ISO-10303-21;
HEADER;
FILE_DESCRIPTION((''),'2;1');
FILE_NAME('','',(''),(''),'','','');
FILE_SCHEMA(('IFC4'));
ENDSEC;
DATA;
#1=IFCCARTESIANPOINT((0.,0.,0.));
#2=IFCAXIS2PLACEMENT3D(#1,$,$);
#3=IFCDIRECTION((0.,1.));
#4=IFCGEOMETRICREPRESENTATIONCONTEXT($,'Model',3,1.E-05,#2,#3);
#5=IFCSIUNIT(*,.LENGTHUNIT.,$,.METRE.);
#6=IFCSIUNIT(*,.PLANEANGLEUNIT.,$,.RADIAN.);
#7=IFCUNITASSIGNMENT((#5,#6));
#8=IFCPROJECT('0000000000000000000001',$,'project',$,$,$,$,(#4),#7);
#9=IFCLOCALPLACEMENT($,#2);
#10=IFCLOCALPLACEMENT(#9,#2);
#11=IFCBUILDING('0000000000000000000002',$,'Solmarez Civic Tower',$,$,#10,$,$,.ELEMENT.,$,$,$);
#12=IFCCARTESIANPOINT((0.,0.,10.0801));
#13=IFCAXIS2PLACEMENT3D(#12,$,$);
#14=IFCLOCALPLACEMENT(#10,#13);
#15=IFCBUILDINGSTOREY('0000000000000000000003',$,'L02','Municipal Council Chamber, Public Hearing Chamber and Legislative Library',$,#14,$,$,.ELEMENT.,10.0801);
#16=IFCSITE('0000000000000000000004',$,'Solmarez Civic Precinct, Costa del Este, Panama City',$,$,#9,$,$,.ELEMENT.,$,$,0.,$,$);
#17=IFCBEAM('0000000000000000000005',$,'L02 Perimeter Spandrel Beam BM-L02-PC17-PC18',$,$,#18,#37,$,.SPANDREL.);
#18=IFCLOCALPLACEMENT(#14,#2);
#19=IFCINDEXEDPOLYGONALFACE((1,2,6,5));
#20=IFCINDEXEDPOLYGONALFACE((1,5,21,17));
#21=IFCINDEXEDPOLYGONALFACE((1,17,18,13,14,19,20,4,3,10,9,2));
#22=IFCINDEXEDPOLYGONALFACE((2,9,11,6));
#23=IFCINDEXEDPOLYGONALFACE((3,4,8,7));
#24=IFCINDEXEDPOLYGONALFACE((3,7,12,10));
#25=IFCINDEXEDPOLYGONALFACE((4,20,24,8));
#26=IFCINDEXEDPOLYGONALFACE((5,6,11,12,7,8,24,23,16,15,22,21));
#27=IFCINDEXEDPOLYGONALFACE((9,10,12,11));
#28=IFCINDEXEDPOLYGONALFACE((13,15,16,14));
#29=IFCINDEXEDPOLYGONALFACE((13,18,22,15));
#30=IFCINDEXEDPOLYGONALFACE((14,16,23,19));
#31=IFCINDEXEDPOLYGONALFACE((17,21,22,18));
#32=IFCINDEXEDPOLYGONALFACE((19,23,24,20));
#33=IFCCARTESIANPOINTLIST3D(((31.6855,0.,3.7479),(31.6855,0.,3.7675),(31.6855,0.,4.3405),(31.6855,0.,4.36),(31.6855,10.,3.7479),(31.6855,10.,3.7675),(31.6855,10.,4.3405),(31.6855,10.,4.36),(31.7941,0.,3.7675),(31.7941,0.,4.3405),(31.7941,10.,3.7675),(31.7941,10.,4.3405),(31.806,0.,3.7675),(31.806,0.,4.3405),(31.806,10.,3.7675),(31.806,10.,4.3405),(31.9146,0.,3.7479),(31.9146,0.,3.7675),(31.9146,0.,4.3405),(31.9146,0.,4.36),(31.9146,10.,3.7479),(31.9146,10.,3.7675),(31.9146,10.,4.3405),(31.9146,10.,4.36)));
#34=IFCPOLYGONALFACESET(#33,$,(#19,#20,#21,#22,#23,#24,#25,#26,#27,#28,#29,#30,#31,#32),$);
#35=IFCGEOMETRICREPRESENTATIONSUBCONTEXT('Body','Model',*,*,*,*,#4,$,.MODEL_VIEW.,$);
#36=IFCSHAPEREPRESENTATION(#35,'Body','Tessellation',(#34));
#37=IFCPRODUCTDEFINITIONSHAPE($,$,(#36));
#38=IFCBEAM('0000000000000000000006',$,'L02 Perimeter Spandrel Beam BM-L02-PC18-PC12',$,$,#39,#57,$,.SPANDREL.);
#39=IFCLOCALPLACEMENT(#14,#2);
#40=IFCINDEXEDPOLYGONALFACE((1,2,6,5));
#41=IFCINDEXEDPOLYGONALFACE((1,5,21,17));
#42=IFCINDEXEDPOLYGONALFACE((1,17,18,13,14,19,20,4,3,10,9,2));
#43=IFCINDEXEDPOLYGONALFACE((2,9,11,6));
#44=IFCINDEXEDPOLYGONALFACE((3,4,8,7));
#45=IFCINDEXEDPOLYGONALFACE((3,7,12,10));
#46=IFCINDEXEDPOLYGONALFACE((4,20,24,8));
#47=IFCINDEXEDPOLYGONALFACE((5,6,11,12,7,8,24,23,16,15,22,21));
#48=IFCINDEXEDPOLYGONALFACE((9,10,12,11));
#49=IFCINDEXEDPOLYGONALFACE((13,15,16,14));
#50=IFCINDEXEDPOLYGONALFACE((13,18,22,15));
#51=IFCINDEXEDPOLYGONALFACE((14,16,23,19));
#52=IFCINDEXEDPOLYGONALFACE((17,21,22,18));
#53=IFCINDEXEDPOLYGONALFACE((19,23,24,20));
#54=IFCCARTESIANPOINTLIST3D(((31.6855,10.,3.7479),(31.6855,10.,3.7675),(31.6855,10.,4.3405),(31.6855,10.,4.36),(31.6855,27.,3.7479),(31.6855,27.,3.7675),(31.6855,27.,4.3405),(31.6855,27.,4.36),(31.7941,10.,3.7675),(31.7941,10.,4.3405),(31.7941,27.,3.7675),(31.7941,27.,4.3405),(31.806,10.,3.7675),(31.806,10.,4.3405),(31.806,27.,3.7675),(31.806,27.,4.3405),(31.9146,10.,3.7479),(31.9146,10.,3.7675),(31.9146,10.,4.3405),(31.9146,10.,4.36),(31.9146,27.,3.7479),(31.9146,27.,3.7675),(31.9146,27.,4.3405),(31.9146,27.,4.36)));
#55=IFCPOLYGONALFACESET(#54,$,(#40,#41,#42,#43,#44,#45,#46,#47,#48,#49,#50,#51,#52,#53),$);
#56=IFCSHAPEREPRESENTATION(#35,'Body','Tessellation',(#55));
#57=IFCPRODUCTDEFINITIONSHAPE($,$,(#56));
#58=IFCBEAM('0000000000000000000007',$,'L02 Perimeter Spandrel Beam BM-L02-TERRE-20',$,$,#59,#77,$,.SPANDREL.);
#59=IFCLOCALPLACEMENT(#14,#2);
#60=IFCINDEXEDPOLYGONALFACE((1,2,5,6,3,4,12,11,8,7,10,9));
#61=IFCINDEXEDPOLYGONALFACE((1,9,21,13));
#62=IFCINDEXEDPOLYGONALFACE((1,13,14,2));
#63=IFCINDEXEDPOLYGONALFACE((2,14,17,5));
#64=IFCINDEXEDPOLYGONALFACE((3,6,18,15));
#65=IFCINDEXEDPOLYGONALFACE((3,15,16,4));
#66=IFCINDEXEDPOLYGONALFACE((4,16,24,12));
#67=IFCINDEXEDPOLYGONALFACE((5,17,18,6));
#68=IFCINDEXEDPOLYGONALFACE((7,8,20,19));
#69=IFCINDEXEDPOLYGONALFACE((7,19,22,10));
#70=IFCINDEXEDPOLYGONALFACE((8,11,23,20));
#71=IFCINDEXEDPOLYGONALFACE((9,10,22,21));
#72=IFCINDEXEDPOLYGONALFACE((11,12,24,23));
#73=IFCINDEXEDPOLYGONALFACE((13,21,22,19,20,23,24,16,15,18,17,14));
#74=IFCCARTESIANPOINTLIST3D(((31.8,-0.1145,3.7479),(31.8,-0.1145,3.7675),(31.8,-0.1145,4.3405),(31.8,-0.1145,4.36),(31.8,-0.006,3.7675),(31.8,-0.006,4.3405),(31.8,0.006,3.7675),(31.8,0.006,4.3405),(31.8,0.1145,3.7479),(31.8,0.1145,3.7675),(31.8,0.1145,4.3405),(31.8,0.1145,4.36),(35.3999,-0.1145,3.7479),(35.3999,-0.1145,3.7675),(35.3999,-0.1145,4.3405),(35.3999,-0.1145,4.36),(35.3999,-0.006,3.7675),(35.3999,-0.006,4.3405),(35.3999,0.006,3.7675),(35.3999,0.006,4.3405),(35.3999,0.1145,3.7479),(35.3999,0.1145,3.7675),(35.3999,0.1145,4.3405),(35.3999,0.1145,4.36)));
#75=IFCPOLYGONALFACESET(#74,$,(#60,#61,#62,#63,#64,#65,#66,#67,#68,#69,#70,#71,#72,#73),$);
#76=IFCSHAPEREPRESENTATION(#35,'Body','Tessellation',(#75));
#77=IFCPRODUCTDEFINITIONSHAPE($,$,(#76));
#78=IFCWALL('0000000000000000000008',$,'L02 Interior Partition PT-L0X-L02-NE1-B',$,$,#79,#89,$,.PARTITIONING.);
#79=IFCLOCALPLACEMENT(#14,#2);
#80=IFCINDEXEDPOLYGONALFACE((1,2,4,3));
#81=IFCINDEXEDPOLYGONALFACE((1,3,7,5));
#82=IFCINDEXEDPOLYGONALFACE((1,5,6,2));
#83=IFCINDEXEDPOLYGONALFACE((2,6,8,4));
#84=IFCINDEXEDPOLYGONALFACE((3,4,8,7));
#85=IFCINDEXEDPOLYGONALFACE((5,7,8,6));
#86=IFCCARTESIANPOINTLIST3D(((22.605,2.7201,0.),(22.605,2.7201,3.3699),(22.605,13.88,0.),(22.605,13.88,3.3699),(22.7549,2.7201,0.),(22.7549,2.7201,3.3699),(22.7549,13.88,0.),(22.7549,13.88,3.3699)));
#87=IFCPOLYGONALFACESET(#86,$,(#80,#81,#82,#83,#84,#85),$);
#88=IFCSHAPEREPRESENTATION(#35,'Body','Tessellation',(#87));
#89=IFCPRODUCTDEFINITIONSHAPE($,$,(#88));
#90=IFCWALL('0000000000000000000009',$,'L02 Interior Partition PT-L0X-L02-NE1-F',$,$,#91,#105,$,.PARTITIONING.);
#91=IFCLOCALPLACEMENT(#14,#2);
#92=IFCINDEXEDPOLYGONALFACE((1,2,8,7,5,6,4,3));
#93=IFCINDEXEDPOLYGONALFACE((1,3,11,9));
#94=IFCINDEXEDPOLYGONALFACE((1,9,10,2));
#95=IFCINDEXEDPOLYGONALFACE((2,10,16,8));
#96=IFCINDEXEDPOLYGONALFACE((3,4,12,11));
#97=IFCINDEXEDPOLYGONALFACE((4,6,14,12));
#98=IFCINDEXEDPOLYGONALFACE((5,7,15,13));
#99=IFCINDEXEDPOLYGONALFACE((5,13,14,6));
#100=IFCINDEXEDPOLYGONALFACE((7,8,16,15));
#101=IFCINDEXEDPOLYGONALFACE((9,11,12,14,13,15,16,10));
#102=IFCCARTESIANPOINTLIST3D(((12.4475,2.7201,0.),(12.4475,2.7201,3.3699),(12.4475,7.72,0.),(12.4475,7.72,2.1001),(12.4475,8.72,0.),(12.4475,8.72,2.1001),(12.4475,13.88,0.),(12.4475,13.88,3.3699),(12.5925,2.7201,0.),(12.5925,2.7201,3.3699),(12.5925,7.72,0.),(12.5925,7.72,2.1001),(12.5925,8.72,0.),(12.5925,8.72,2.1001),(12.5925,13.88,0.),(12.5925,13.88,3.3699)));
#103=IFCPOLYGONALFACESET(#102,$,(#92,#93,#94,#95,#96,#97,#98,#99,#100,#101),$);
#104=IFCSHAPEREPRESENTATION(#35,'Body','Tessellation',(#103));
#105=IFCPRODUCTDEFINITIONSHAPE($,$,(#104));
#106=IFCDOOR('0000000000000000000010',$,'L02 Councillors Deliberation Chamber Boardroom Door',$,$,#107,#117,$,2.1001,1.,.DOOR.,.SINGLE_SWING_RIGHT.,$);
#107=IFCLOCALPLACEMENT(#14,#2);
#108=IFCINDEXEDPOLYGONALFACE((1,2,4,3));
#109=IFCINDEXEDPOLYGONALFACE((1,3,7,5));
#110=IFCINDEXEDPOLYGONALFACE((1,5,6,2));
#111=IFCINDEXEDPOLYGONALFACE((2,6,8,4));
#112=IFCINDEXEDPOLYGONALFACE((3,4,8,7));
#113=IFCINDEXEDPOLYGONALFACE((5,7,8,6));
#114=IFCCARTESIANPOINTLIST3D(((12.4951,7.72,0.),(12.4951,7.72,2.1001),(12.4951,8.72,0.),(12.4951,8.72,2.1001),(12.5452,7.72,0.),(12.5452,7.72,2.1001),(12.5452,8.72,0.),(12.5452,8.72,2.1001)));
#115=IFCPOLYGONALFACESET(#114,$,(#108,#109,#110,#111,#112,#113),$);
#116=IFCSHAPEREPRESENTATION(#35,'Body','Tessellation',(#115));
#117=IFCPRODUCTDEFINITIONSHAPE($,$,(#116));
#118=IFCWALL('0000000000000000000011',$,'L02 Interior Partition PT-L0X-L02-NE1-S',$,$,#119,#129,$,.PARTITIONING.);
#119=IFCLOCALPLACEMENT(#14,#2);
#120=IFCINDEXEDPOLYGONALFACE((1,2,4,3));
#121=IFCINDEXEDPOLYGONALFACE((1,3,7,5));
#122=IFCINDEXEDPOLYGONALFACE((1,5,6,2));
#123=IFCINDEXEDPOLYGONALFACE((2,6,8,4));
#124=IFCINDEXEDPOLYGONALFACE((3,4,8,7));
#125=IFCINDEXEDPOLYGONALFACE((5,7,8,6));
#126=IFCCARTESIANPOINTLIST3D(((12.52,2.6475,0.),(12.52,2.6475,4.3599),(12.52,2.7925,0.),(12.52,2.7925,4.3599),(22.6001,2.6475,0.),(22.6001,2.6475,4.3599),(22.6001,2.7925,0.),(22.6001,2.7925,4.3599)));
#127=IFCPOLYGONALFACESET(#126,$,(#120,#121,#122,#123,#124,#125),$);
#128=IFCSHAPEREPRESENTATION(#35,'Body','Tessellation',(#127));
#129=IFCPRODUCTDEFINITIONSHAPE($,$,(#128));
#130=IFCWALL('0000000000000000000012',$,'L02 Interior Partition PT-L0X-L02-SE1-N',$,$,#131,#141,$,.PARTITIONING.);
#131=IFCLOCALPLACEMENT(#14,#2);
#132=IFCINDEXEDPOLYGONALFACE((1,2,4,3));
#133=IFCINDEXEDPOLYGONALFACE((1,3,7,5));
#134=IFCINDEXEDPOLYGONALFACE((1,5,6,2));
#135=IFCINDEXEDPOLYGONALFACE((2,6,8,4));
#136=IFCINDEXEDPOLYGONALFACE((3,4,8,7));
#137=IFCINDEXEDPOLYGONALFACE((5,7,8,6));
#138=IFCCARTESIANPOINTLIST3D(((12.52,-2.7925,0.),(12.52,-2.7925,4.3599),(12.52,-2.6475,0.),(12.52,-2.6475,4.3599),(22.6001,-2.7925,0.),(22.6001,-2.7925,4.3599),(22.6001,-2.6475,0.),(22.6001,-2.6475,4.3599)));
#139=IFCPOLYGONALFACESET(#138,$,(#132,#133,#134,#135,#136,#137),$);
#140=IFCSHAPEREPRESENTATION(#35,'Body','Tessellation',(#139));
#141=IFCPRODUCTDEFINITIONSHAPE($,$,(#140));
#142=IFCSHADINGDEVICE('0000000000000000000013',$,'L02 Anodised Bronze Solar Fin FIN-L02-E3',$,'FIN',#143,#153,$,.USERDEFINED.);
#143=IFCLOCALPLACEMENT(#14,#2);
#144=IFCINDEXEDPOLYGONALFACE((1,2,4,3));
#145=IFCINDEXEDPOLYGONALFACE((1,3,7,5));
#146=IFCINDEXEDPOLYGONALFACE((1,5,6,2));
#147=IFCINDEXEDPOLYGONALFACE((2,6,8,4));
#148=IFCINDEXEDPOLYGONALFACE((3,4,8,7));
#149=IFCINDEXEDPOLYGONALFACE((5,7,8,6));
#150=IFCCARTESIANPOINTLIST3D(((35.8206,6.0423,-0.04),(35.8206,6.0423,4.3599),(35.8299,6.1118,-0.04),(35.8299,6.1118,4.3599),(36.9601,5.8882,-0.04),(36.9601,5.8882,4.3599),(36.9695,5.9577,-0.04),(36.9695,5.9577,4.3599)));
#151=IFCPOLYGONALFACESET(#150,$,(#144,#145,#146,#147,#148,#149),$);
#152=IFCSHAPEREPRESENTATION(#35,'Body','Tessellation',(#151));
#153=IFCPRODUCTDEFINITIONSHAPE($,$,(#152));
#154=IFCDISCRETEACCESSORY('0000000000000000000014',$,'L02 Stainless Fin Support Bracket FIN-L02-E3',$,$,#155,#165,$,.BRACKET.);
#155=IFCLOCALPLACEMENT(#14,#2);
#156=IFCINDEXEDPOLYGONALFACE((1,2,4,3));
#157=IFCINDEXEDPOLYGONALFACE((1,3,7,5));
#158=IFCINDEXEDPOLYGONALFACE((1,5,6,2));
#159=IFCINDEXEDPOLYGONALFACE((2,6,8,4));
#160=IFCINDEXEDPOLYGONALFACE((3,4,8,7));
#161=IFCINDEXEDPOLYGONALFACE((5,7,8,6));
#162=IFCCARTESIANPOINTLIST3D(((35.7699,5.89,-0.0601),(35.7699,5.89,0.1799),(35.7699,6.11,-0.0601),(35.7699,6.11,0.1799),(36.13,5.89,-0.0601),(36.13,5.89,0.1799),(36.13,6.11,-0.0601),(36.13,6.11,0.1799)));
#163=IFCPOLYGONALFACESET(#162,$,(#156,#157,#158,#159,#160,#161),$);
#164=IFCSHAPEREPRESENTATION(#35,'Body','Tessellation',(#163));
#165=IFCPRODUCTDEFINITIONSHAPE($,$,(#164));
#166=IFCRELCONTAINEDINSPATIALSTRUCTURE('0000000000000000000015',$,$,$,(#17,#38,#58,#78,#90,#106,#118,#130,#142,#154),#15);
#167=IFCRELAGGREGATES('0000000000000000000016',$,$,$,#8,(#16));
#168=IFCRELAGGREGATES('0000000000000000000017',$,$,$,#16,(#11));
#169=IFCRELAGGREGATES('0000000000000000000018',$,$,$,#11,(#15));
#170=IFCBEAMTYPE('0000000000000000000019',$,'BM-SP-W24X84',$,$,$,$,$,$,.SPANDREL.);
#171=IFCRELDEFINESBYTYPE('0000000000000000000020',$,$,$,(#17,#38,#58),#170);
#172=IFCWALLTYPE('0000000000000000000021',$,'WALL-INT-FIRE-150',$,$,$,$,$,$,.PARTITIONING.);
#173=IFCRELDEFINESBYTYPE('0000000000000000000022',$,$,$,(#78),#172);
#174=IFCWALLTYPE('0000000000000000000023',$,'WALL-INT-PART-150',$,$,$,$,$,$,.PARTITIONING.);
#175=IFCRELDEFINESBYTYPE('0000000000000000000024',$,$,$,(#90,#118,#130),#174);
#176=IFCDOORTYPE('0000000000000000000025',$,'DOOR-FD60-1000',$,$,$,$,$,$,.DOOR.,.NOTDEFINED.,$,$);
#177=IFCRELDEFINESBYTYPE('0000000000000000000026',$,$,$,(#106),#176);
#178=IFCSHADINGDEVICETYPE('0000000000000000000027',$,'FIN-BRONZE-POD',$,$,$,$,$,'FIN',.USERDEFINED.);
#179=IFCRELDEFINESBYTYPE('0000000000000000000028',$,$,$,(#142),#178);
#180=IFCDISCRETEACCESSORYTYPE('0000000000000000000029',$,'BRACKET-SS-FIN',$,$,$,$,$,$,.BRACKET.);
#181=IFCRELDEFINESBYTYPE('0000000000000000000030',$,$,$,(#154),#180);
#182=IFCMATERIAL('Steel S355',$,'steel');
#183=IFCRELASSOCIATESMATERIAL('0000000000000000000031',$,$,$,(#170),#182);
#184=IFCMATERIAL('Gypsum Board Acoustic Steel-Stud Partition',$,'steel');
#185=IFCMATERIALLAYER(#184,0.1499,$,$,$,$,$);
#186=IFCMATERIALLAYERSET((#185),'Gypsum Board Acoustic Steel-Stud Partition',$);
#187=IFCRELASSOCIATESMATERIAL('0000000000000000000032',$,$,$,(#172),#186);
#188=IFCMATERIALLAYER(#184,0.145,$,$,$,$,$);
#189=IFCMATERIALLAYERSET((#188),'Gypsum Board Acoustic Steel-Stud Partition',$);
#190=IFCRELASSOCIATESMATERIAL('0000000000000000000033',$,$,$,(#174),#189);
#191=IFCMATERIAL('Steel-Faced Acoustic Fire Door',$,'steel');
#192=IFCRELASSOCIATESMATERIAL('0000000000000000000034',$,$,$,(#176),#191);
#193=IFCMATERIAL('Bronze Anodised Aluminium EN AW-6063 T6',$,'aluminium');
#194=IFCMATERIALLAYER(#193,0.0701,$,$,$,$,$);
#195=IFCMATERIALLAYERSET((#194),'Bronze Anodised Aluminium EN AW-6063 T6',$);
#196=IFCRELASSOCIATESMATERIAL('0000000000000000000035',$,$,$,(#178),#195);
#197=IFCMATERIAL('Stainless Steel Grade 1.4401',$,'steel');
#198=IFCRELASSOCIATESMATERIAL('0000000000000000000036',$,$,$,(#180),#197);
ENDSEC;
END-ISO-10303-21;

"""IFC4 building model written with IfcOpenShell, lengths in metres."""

from ifc_helpers import new_model, si_unit, direction, frame, frame_2d, origin, origin_2d, place, context, subcontext, project, spatial, rectangle, i_section, extrude, material, layer, layer_set, material_profile, profile_set, type_object, element, fill, save


model = new_model("IFC4")

# Units and contexts
model_context = context("Model", 3, precision=1e-05, world=origin(), true_north=direction((0.0, 1.0)))
body_context = subcontext(model_context, "Body", "Model", "MODEL_VIEW")
ifc_project = project(units=[si_unit("LENGTHUNIT", "METRE"), si_unit("PLANEANGLEUNIT", "RADIAN")], contexts=[model_context])

# Site, building, storey
site_placement = place(None, origin())
site = spatial("IfcSite", under=ifc_project, at=site_placement, Name="Solmarez Civic Precinct, Costa del Este, Panama City", CompositionType="ELEMENT", RefElevation=0.0)
building_placement = place(site_placement, origin())
building = spatial("IfcBuilding", under=site, at=building_placement, Name="Solmarez Civic Tower", CompositionType="ELEMENT")
storey_placement = place(building_placement, frame((0.0, 0.0, 10.0801)))
storey = spatial("IfcBuildingStorey", under=building, at=storey_placement, Name="L02", Description="Municipal Council Chamber, Public Hearing Chamber and Legislative Library", CompositionType="ELEMENT", Elevation=10.0801)

# Beams
ifc_material_1 = material(Name="Steel S355", Category="steel")
ifc_material_profile_1 = material_profile(ifc_material_1, i_section(OverallWidth=0.229, OverallDepth=0.6121, WebThickness=0.012, FlangeThickness=0.0195, at=origin_2d()), Name="W24X84")
ifc_profile_set_1 = profile_set([ifc_material_profile_1], Name="Steel S355")
beam_type_1 = type_object("IfcBeamType", Name="BM-SP-W24X84", PredefinedType="SPANDREL", material=ifc_profile_set_1)
beam_1_placement = place(storey_placement, frame((31.8, 0.0, 4.054), z_axis=(0.0, 1.0, 0.0), x_axis=(-1.0, 0.0, 0.0)))
element("IfcBeam", 1, at=beam_1_placement, inside=storey, type_object=beam_type_1, Name="L02 Perimeter Spandrel Beam BM-L02-PC17-PC18", PredefinedType="SPANDREL", context=body_context, shape_type="SweptSolid", body=[
    extrude(i_section(OverallWidth=0.229, OverallDepth=0.6121, WebThickness=0.012, FlangeThickness=0.0195, at=origin_2d()), origin(), (0.0, 0.0, 1.0), 10.0),
])
beam_2_placement = place(storey_placement, frame((31.8, 10.0, 4.054), z_axis=(0.0, 1.0, 0.0), x_axis=(-1.0, 0.0, 0.0)))
element("IfcBeam", 2, at=beam_2_placement, inside=storey, type_object=beam_type_1, Name="L02 Perimeter Spandrel Beam BM-L02-PC18-PC12", PredefinedType="SPANDREL", context=body_context, shape_type="SweptSolid", body=[
    extrude(i_section(OverallWidth=0.229, OverallDepth=0.6121, WebThickness=0.012, FlangeThickness=0.0195, at=origin_2d()), origin(), (0.0, 0.0, 1.0), 17.0),
])
beam_3_placement = place(storey_placement, frame((31.8, 0.0, 4.054), z_axis=(1.0, 0.0, 0.0), x_axis=(0.0, 1.0, 0.0)))
element("IfcBeam", 3, at=beam_3_placement, inside=storey, type_object=beam_type_1, Name="L02 Perimeter Spandrel Beam BM-L02-TERRE-20", PredefinedType="SPANDREL", context=body_context, shape_type="SweptSolid", body=[
    extrude(i_section(OverallWidth=0.229, OverallDepth=0.6121, WebThickness=0.012, FlangeThickness=0.0195, at=origin_2d()), origin(), (0.0, 0.0, 1.0), 3.5999),
])

# Wall
ifc_material_2 = material(Name="Gypsum Board Acoustic Steel-Stud Partition", Category="steel")
ifc_layer_1 = layer(ifc_material_2, 0.1499)
ifc_layer_set_1 = layer_set([ifc_layer_1], Name="Gypsum Board Acoustic Steel-Stud Partition")
wall_type_1 = type_object("IfcWallType", Name="WALL-INT-FIRE-150", PredefinedType="PARTITIONING", material=ifc_layer_set_1)
wall_1_placement = place(storey_placement, frame((22.6799, 2.72, 0.0), z_axis=(0.0, 0.0, 1.0), x_axis=(0.0, 1.0, 0.0)))
element("IfcWall", 4, at=wall_1_placement, inside=storey, type_object=wall_type_1, Name="L02 Interior Partition PT-L0X-L02-NE1-B", PredefinedType="PARTITIONING", context=body_context, shape_type="SweptSolid", body=[
    extrude(rectangle(XDim=11.1599, YDim=0.1499, at=frame_2d((5.5801, 0.0))), origin(), (0.0, 0.0, 1.0), 3.3699),
])

# Wall, opening, door
ifc_layer_2 = layer(ifc_material_2, 0.145)
ifc_layer_set_2 = layer_set([ifc_layer_2], Name="Gypsum Board Acoustic Steel-Stud Partition")
wall_type_2 = type_object("IfcWallType", Name="WALL-INT-PART-150", PredefinedType="PARTITIONING", material=ifc_layer_set_2)
wall_2_placement = place(storey_placement, frame((12.52, 2.72, 0.0), z_axis=(0.0, 0.0, 1.0), x_axis=(0.0, 1.0, 0.0)))
wall_2 = element("IfcWall", 5, at=wall_2_placement, inside=storey, type_object=wall_type_2, Name="L02 Interior Partition PT-L0X-L02-NE1-F", PredefinedType="PARTITIONING", context=body_context, shape_type="SweptSolid", body=[
    extrude(rectangle(XDim=11.1599, YDim=0.145, at=frame_2d((5.5801, 0.0))), origin(), (0.0, 0.0, 1.0), 3.3699),
])
opening_placement = place(wall_2_placement, frame((5.0, 0.0, 0.0)))
opening = element("IfcOpeningElement", 6, at=opening_placement, cuts=wall_2, PredefinedType="OPENING", context=body_context, shape_type="SweptSolid", body=[
    extrude(rectangle(XDim=1.0, YDim=2.1001, at=frame_2d((0.5, 1.05))), frame((0.0, 0.0825, 0.0), z_axis=(0.0, -1.0, 0.0), x_axis=(1.0, 0.0, 0.0)), (0.0, 0.0, 1.0), 0.165),
])
ifc_material_3 = material(Name="Steel-Faced Acoustic Fire Door", Category="steel")
door_type = type_object("IfcDoorType", Name="DOOR-FD60-1000", OperationType="NOTDEFINED", PredefinedType="DOOR", material=ifc_material_3)
door_placement = place(opening_placement, origin())
door = element("IfcDoor", 7, at=door_placement, inside=storey, type_object=door_type, Name="L02 Councillors Deliberation Chamber Boardroom Door", OperationType="SINGLE_SWING_RIGHT", OverallHeight=2.1001, OverallWidth=1.0, PredefinedType="DOOR", context=body_context, shape_type="SweptSolid", body=[
    extrude(rectangle(XDim=1.0, YDim=2.1001, at=frame_2d((0.5, 1.05))), frame((0.0, 0.0249, 0.0), z_axis=(0.0, -1.0, 0.0), x_axis=(1.0, 0.0, 0.0)), (0.0, 0.0, 1.0), 0.05),
])
fill(opening, door)

# Walls
for number, where, z_axis, x_axis, name in (
    (8, (12.52, 2.72, 0.0), (0.0, 0.0, 1.0), (1.0, 0.0, 0.0), "L02 Interior Partition PT-L0X-L02-NE1-S"),
    (9, (12.52, -2.72, 0.0), (0.0, 0.0, 1.0), (1.0, 0.0, 0.0), "L02 Interior Partition PT-L0X-L02-SE1-N"),
):
    element("IfcWall", number, at=place(storey_placement, frame(where, z_axis=z_axis, x_axis=x_axis)), inside=storey, type_object=wall_type_2, Name=name, PredefinedType="PARTITIONING", context=body_context, shape_type="SweptSolid", body=[
        extrude(rectangle(XDim=10.0801, YDim=0.145, at=frame_2d((5.04, 0.0))), origin(), (0.0, 0.0, 1.0), 4.3599),
    ])

# Shading device
ifc_material_4 = material(Name="Bronze Anodised Aluminium EN AW-6063 T6", Category="aluminium")
ifc_layer_3 = layer(ifc_material_4, 0.0701)
ifc_layer_set_3 = layer_set([ifc_layer_3], Name="Bronze Anodised Aluminium EN AW-6063 T6")
shading_device_type = type_object("IfcShadingDeviceType", Name="FIN-BRONZE-POD", ElementType="FIN", PredefinedType="USERDEFINED", material=ifc_layer_set_3)
shading_device_placement = place(storey_placement, frame((36.395, 6.0, -0.04), z_axis=(0.0, 0.0, 1.0), x_axis=(0.990983, -0.133986, 0.0)))
element("IfcShadingDevice", 10, at=shading_device_placement, inside=storey, type_object=shading_device_type, Name="L02 Anodised Bronze Solar Fin FIN-L02-E3", ObjectType="FIN", PredefinedType="USERDEFINED", context=body_context, shape_type="SweptSolid", body=[
    extrude(rectangle(XDim=1.1499, YDim=0.0701, at=origin_2d()), origin(), (0.0, 0.0, 1.0), 4.3999),
])

# Discrete accessory
ifc_material_5 = material(Name="Stainless Steel Grade 1.4401", Category="steel")
discrete_accessory_type = type_object("IfcDiscreteAccessoryType", Name="BRACKET-SS-FIN", PredefinedType="BRACKET", material=ifc_material_5)
discrete_accessory_placement = place(storey_placement, frame((35.95, 6.0, -0.0601), z_axis=(0.0, 0.0, 1.0), x_axis=(1.0, 0.0, 0.0)))
element("IfcDiscreteAccessory", 11, at=discrete_accessory_placement, inside=storey, type_object=discrete_accessory_type, Name="L02 Stainless Fin Support Bracket FIN-L02-E3", PredefinedType="BRACKET", context=body_context, shape_type="SweptSolid", body=[
    extrude(rectangle(XDim=0.3601, YDim=0.22, at=origin_2d()), origin(), (0.0, 0.0, 1.0), 0.24),
])

save(model, "model.ifc")
